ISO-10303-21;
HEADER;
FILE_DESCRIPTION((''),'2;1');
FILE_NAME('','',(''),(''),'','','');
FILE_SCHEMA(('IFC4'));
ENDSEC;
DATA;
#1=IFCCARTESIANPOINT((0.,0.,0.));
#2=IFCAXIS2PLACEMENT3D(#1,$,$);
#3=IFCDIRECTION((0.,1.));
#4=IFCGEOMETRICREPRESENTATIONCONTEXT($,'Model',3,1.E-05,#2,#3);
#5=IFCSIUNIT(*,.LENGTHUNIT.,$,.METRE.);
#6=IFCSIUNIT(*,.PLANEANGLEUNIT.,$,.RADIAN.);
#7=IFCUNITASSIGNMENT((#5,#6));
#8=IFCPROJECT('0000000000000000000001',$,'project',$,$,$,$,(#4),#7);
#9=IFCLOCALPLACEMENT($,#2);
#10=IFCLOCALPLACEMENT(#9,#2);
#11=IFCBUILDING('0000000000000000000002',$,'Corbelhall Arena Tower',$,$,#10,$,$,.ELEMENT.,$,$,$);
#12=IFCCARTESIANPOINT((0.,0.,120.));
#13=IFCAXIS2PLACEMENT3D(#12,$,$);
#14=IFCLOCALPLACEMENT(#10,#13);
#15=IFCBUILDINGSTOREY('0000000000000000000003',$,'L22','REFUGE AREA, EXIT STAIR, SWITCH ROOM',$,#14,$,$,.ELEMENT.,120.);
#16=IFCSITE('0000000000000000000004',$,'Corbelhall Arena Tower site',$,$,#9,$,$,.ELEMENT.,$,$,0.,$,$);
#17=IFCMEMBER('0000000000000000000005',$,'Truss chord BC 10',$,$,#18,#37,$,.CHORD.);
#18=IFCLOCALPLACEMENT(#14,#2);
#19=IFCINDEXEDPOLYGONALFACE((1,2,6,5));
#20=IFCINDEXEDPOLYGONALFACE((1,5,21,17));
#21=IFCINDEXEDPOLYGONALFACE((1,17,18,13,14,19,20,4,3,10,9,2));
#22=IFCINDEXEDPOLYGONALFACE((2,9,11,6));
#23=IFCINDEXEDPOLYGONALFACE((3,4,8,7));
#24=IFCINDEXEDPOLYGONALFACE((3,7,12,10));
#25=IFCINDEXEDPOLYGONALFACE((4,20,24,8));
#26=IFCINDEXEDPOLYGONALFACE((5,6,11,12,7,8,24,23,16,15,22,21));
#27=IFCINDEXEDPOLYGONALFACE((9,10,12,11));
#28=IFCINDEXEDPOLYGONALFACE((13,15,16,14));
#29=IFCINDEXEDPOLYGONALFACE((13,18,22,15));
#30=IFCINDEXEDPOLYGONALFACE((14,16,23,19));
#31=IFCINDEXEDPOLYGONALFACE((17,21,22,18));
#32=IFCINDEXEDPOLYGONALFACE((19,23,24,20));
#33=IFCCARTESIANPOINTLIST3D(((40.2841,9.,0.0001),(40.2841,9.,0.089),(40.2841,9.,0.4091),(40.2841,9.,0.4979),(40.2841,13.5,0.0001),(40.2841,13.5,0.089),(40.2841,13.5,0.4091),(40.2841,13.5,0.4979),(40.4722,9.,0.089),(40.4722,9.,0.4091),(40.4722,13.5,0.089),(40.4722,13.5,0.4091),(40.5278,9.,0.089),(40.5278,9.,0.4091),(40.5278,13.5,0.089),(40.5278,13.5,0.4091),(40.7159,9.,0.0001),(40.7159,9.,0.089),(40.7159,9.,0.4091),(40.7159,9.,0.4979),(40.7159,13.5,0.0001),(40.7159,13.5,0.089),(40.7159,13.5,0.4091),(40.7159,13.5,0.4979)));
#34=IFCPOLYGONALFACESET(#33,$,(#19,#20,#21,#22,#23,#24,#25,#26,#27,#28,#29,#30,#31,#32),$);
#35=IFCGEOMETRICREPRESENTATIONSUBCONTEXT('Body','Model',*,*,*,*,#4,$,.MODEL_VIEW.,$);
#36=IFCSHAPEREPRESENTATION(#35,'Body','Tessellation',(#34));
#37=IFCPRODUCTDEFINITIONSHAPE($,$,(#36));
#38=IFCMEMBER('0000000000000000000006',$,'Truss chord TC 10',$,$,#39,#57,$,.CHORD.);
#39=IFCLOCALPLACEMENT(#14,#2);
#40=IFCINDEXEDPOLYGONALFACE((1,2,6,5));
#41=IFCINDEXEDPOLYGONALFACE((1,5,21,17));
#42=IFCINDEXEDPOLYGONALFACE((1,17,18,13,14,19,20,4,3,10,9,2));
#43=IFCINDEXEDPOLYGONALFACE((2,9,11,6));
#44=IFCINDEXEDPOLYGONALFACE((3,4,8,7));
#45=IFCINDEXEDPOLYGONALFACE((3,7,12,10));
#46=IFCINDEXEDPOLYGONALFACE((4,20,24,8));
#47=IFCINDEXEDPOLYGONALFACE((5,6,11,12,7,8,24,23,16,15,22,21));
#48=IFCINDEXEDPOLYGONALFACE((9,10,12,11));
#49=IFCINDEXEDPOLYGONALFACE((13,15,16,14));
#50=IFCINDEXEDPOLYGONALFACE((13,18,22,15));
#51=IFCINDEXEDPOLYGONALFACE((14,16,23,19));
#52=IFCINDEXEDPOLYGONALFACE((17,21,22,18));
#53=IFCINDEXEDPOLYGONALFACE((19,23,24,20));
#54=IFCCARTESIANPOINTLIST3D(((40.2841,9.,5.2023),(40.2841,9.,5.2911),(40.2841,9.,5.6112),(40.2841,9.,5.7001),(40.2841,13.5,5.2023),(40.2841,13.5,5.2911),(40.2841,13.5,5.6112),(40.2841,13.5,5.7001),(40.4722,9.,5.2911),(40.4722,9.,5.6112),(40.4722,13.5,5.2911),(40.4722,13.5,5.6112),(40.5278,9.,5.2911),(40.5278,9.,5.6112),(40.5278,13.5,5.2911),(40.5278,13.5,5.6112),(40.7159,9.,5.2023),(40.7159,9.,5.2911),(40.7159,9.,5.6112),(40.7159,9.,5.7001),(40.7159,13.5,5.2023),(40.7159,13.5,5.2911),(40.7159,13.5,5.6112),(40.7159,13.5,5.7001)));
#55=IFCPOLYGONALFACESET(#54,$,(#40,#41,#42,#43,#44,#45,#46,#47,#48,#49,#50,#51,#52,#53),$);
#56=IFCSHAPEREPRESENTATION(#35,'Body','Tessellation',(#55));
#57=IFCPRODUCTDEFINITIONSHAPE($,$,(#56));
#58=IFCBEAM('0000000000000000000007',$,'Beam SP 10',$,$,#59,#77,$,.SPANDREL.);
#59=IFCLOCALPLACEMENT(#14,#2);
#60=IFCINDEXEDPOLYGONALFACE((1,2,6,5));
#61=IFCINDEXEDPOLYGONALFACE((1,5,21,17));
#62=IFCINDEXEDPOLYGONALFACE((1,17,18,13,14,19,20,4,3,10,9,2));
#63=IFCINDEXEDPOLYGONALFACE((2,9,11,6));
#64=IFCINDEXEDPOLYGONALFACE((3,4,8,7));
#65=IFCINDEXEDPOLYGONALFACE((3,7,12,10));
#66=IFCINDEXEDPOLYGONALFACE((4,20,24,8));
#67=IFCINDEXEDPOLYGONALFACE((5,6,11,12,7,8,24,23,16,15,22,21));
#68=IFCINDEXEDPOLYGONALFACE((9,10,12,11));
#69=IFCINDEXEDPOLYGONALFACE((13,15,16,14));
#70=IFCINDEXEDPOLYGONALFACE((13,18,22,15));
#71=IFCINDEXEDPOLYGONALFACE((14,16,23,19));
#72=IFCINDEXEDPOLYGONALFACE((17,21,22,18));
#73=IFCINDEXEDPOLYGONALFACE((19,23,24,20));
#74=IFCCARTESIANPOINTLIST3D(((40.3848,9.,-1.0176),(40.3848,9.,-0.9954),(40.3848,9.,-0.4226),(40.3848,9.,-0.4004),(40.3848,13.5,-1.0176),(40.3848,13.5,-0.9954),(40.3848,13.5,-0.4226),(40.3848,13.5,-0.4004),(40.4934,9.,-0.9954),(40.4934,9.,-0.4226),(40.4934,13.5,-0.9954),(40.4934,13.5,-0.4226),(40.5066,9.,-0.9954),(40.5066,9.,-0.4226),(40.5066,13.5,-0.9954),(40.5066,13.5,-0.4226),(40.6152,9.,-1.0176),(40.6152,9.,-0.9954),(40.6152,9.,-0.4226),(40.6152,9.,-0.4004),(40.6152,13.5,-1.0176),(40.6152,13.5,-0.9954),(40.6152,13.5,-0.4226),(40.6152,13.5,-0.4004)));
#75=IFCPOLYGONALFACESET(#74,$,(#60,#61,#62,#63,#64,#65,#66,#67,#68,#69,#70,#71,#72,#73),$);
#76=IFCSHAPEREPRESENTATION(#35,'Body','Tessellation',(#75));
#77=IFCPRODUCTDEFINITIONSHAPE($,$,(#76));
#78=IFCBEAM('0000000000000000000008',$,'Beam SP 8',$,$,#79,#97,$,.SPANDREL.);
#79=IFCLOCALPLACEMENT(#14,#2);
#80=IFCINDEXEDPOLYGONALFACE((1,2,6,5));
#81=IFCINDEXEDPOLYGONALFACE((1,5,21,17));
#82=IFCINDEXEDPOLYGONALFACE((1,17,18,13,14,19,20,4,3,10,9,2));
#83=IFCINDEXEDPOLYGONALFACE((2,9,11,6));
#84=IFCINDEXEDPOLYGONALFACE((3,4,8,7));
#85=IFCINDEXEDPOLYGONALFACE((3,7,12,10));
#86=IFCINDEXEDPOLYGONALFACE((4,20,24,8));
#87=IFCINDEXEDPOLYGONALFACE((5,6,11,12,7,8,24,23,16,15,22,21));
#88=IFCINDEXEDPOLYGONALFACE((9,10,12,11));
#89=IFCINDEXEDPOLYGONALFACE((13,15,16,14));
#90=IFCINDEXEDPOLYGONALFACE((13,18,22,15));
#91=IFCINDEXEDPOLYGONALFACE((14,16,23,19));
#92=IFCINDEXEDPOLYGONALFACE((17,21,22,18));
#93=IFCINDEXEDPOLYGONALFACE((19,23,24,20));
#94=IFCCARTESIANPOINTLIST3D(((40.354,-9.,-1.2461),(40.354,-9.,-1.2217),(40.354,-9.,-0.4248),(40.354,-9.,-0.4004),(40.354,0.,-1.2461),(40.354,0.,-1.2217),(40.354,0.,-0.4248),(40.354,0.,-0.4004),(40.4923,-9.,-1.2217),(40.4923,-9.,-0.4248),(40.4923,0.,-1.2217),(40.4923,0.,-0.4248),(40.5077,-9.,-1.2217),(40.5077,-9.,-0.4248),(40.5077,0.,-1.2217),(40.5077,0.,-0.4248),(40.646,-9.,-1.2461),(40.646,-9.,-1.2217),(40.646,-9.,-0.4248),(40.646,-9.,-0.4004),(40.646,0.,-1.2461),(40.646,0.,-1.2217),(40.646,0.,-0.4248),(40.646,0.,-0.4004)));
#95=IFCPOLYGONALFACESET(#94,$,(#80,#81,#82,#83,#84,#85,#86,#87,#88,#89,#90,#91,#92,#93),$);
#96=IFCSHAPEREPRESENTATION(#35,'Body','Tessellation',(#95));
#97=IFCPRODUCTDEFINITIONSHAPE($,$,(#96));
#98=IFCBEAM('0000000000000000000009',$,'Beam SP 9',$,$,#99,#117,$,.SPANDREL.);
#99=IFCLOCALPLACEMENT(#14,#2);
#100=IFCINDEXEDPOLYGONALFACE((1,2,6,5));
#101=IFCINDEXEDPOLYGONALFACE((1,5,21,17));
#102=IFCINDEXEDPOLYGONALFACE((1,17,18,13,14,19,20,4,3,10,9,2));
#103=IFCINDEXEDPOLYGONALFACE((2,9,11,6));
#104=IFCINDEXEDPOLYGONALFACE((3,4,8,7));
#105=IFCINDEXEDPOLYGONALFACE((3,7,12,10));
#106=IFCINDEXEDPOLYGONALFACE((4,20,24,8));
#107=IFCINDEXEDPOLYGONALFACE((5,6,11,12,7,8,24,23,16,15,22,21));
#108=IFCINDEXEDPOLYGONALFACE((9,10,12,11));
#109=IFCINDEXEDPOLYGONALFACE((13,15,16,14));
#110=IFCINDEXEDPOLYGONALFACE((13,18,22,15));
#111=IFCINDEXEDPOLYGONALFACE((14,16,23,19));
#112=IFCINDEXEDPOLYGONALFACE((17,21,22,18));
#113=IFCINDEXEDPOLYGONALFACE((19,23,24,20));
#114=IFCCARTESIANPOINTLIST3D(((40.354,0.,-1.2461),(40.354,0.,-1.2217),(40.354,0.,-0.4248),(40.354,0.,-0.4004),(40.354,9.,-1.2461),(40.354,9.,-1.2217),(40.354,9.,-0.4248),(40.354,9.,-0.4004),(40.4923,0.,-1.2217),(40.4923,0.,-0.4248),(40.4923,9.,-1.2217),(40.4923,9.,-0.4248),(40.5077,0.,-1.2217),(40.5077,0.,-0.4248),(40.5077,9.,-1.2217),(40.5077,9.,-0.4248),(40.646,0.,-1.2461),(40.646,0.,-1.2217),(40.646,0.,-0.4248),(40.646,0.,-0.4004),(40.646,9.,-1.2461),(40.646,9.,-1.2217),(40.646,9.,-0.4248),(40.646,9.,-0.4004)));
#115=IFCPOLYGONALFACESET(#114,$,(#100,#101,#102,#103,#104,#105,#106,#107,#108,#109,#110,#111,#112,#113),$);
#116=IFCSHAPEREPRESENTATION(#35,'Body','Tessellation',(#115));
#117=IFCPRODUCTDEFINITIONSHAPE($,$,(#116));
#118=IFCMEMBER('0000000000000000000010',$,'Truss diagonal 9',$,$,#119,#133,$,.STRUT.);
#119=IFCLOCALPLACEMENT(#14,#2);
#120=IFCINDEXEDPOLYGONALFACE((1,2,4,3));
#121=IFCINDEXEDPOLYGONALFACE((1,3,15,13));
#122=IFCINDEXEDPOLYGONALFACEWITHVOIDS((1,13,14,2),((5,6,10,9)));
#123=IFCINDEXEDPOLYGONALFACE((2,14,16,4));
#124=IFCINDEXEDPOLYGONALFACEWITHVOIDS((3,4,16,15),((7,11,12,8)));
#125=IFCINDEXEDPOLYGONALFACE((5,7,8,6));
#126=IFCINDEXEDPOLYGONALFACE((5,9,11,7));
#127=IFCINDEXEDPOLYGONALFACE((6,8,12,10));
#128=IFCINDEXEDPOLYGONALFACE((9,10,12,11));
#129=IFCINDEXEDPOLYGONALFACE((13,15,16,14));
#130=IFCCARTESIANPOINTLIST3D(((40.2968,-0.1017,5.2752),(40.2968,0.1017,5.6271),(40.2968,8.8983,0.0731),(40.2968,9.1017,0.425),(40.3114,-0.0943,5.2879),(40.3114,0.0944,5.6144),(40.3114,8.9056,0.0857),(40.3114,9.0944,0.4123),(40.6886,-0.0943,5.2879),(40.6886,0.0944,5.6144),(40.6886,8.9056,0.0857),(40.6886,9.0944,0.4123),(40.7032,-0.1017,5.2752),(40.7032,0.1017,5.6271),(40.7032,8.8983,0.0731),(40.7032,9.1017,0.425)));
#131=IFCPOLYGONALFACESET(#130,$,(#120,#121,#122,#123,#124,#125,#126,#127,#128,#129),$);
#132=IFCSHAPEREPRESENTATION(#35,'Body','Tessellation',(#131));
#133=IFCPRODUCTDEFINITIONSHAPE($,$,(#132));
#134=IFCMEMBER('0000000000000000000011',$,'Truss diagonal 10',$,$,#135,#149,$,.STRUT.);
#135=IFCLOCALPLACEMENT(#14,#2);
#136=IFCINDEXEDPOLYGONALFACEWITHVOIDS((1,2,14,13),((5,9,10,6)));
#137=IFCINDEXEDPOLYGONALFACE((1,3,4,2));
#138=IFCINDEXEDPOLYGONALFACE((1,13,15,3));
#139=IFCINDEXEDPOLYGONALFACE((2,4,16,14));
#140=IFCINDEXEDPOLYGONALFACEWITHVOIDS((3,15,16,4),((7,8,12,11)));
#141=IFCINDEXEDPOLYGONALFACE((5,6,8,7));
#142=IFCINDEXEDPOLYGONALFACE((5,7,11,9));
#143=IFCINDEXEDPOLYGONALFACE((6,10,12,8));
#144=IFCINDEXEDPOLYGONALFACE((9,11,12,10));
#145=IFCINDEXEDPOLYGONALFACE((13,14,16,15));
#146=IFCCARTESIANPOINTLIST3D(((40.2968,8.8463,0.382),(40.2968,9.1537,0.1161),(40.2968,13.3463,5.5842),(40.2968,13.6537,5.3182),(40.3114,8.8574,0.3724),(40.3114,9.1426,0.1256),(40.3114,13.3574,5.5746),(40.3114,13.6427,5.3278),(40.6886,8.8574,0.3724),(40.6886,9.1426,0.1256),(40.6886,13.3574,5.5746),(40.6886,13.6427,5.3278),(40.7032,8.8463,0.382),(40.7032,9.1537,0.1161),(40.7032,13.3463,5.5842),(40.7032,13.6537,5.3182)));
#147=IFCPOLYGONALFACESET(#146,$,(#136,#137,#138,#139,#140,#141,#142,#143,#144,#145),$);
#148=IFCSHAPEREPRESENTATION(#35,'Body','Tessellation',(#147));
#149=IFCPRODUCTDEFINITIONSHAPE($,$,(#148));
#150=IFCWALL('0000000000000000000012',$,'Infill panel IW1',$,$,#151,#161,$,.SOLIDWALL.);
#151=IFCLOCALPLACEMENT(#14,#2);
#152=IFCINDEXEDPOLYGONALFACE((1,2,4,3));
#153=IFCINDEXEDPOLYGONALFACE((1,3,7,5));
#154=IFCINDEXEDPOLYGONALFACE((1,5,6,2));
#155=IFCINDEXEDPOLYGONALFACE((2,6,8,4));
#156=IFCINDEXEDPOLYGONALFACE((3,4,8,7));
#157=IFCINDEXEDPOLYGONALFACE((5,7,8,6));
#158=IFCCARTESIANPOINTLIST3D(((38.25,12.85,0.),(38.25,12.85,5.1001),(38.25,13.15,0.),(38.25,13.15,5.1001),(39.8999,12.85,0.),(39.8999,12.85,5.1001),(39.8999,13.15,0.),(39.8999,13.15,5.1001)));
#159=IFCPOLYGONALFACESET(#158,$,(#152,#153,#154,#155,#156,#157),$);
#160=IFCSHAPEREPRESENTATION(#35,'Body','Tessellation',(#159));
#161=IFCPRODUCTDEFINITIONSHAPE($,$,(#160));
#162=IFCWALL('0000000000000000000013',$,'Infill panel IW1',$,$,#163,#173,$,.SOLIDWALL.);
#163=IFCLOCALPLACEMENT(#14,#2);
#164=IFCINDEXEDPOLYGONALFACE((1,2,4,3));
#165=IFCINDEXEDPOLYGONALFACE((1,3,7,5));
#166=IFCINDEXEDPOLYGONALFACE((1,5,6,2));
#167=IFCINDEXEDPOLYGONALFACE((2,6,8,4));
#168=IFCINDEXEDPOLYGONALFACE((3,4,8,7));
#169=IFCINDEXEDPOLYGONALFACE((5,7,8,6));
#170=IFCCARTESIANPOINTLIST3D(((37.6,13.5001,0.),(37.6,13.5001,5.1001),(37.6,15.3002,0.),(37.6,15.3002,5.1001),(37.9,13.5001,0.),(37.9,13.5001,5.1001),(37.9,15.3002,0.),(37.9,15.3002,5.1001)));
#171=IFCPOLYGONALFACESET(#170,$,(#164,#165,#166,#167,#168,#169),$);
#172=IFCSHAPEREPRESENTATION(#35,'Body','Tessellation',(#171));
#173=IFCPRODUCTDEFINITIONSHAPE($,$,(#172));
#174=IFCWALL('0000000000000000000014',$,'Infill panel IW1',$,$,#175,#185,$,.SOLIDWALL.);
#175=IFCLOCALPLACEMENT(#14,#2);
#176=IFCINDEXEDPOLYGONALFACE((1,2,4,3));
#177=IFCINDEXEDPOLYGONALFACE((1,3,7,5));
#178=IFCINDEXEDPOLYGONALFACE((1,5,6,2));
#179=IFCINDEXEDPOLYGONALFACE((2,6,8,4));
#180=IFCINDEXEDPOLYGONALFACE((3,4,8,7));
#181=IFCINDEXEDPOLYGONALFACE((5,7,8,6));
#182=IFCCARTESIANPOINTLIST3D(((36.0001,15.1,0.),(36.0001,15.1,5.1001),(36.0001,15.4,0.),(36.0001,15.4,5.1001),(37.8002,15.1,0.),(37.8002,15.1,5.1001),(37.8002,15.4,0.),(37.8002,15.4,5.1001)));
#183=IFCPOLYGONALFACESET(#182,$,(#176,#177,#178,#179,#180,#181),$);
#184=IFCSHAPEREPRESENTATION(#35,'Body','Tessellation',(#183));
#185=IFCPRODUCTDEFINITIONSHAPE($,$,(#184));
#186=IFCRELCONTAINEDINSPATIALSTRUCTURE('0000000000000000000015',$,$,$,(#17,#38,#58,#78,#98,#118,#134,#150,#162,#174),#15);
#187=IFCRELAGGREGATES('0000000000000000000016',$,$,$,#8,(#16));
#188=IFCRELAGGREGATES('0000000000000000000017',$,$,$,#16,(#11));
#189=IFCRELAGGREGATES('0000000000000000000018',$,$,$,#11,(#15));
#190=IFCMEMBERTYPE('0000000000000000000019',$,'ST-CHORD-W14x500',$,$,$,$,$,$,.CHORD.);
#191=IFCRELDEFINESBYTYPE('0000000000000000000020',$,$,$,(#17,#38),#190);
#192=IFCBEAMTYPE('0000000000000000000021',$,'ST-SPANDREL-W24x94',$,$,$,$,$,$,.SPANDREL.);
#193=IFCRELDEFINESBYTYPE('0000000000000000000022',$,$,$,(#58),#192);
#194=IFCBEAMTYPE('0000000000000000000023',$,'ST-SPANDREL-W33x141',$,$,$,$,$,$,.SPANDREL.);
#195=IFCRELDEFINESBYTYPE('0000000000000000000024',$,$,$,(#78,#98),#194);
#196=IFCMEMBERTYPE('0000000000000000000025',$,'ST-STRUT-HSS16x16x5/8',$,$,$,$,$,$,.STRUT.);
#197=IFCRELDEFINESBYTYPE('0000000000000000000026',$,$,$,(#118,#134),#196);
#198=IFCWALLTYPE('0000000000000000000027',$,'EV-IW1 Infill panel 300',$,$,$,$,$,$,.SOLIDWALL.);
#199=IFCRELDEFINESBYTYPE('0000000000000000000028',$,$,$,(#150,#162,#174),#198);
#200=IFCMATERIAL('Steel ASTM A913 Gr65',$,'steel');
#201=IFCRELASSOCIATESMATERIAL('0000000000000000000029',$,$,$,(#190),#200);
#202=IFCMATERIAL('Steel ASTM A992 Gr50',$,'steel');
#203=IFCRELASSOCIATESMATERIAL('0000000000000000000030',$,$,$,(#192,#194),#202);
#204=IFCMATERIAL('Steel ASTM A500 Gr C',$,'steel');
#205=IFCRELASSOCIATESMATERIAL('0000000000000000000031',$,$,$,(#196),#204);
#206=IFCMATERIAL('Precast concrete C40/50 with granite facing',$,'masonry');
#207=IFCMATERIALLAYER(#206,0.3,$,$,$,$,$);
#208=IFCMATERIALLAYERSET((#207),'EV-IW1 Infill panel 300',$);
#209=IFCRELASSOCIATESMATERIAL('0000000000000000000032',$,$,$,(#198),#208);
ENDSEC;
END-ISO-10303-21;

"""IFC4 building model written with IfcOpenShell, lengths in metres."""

from ifc_helpers import new_model, si_unit, direction, frame, frame_2d, origin, origin_2d, place, context, subcontext, project, spatial, rectangle, hollow_rectangle, i_section, extrude, material, layer, layer_set, material_profile, profile_set, type_object, element, save


model = new_model("IFC4")

# Units and contexts
model_context = context("Model", 3, precision=1e-05, world=origin(), true_north=direction((0.0, 1.0)))
body_context = subcontext(model_context, "Body", "Model", "MODEL_VIEW")
ifc_project = project(units=[si_unit("LENGTHUNIT", "METRE"), si_unit("PLANEANGLEUNIT", "RADIAN")], contexts=[model_context])

# Site, building, storey
site_placement = place(None, origin())
site = spatial("IfcSite", under=ifc_project, at=site_placement, Name="Corbelhall Arena Tower site", CompositionType="ELEMENT", RefElevation=0.0)
building_placement = place(site_placement, origin())
building = spatial("IfcBuilding", under=site, at=building_placement, Name="Corbelhall Arena Tower", CompositionType="ELEMENT")
storey_placement = place(building_placement, frame((0.0, 0.0, 120.0)))
storey = spatial("IfcBuildingStorey", under=building, at=storey_placement, Name="L22", Description="REFUGE AREA, EXIT STAIR, SWITCH ROOM", CompositionType="ELEMENT", Elevation=120.0)

# Members
ifc_material_1 = material(Name="Steel ASTM A913 Gr65", Category="steel")
ifc_material_profile_1 = material_profile(ifc_material_1, i_section(OverallWidth=0.4319, OverallDepth=0.4978, WebThickness=0.0557, FlangeThickness=0.0889, at=origin_2d()))
ifc_profile_set_1 = profile_set([ifc_material_profile_1], Name="Steel ASTM A913 Gr65")
member_type_1 = type_object("IfcMemberType", Name="ST-CHORD-W14x500", PredefinedType="CHORD", material=ifc_profile_set_1)
for number, where, z_axis, x_axis, name in (
    (1, (40.5, 13.5, 0.249), (0.0, -1.0, 0.0), (1.0, 0.0, 0.0), "Truss chord BC 10"),
    (2, (40.5, 13.5, 5.4512), (0.0, -1.0, 0.0), (1.0, 0.0, 0.0), "Truss chord TC 10"),
):
    element("IfcMember", number, at=place(storey_placement, frame(where, z_axis=z_axis, x_axis=x_axis)), inside=storey, type_object=member_type_1, Name=name, PredefinedType="CHORD", context=body_context, shape_type="SweptSolid", body=[
        extrude(i_section(OverallWidth=0.4319, OverallDepth=0.4978, WebThickness=0.0557, FlangeThickness=0.0889, at=origin_2d()), origin(), (0.0, 0.0, 1.0), 4.5),
    ])

# Beams
ifc_material_2 = material(Name="Steel ASTM A992 Gr50", Category="steel")
ifc_material_profile_2 = material_profile(ifc_material_2, i_section(OverallWidth=0.2305, OverallDepth=0.6172, WebThickness=0.0132, FlangeThickness=0.0222, at=origin_2d()))
ifc_profile_set_2 = profile_set([ifc_material_profile_2], Name="Steel ASTM A992 Gr50")
beam_type_1 = type_object("IfcBeamType", Name="ST-SPANDREL-W24x94", PredefinedType="SPANDREL", material=ifc_profile_set_2)
beam_placement = place(storey_placement, frame((40.5, 13.5, -0.709), z_axis=(0.0, -1.0, 0.0), x_axis=(1.0, 0.0, 0.0)))
element("IfcBeam", 3, at=beam_placement, inside=storey, type_object=beam_type_1, Name="Beam SP 10", PredefinedType="SPANDREL", context=body_context, shape_type="SweptSolid", body=[
    extrude(i_section(OverallWidth=0.2305, OverallDepth=0.6172, WebThickness=0.0132, FlangeThickness=0.0222, at=origin_2d()), origin(), (0.0, 0.0, 1.0), 4.5),
])
ifc_material_profile_3 = material_profile(ifc_material_2, i_section(OverallWidth=0.292, OverallDepth=0.8457, WebThickness=0.0154, FlangeThickness=0.0244, at=origin_2d()))
ifc_profile_set_3 = profile_set([ifc_material_profile_3], Name="Steel ASTM A992 Gr50")
beam_type_2 = type_object("IfcBeamType", Name="ST-SPANDREL-W33x141", PredefinedType="SPANDREL", material=ifc_profile_set_3)
for number, where, z_axis, x_axis, name in (
    (4, (40.5, 0.0, -0.8232), (0.0, -1.0, 0.0), (1.0, 0.0, 0.0), "Beam SP 8"),
    (5, (40.5, 9.0, -0.8232), (0.0, -1.0, 0.0), (1.0, 0.0, 0.0), "Beam SP 9"),
):
    element("IfcBeam", number, at=place(storey_placement, frame(where, z_axis=z_axis, x_axis=x_axis)), inside=storey, type_object=beam_type_2, Name=name, PredefinedType="SPANDREL", context=body_context, shape_type="SweptSolid", body=[
        extrude(i_section(OverallWidth=0.292, OverallDepth=0.8457, WebThickness=0.0154, FlangeThickness=0.0244, at=origin_2d()), origin(), (0.0, 0.0, 1.0), 9.0),
    ])

# Members
ifc_material_3 = material(Name="Steel ASTM A500 Gr C", Category="steel")
ifc_material_profile_4 = material_profile(ifc_material_3, hollow_rectangle(XDim=0.4065, YDim=0.4065, WallThickness=0.0146, at=origin_2d()))
ifc_profile_set_4 = profile_set([ifc_material_profile_4], Name="Steel ASTM A500 Gr C")
member_type_2 = type_object("IfcMemberType", Name="ST-STRUT-HSS16x16x5/8", PredefinedType="STRUT", material=ifc_profile_set_4)
member_1_placement = place(storey_placement, frame((40.5, 9.0, 0.249), z_axis=(0.0, -0.865776, 0.500433), x_axis=(1.0, 0.0, 0.0)))
element("IfcMember", 6, at=member_1_placement, inside=storey, type_object=member_type_2, Name="Truss diagonal 9", PredefinedType="STRUT", context=body_context, shape_type="SweptSolid", body=[
    extrude(hollow_rectangle(XDim=0.4065, YDim=0.4065, WallThickness=0.0146, at=origin_2d()), origin(), (0.0, 0.0, 1.0), 10.3953),
])
member_2_placement = place(storey_placement, frame((40.5, 9.0, 0.249), z_axis=(0.0, 0.654222, 0.756302), x_axis=(-1.0, 0.0, 0.0)))
element("IfcMember", 7, at=member_2_placement, inside=storey, type_object=member_type_2, Name="Truss diagonal 10", PredefinedType="STRUT", context=body_context, shape_type="SweptSolid", body=[
    extrude(hollow_rectangle(XDim=0.4065, YDim=0.4065, WallThickness=0.0146, at=origin_2d()), origin(), (0.0, 0.0, 1.0), 6.8784),
])

# Walls
ifc_material_4 = material(Name="Precast concrete C40/50 with granite facing", Category="masonry")
ifc_layer_1 = layer(ifc_material_4, 0.3)
ifc_layer_set_1 = layer_set([ifc_layer_1], Name="EV-IW1 Infill panel 300")
wall_type_1 = type_object("IfcWallType", Name="EV-IW1 Infill panel 300", PredefinedType="SOLIDWALL", material=ifc_layer_set_1)
wall_1_placement = place(storey_placement, frame((39.8999, 13.0, 0.0), z_axis=(0.0, 0.0, 1.0), x_axis=(-1.0, 0.0, 0.0)))
element("IfcWall", 8, at=wall_1_placement, inside=storey, type_object=wall_type_1, Name="Infill panel IW1", PredefinedType="SOLIDWALL", context=body_context, shape_type="SweptSolid", body=[
    extrude(rectangle(XDim=1.6499, YDim=0.3, at=frame_2d((0.825, 0.0))), origin(), (0.0, 0.0, 1.0), 5.1001),
])
for number, where, z_axis, x_axis, name in (
    (9, (37.75, 15.3, 0.0), (0.0, 0.0, 1.0), (0.0, -1.0, 0.0), "Infill panel IW1"),
    (10, (37.8, 15.25, 0.0), (0.0, 0.0, 1.0), (-1.0, 0.0, 0.0), "Infill panel IW1"),
):
    element("IfcWall", number, at=place(storey_placement, frame(where, z_axis=z_axis, x_axis=x_axis)), inside=storey, type_object=wall_type_1, Name=name, PredefinedType="SOLIDWALL", context=body_context, shape_type="SweptSolid", body=[
        extrude(rectangle(XDim=1.8, YDim=0.3, at=frame_2d((0.8999, 0.0))), origin(), (0.0, 0.0, 1.0), 5.1001),
    ])

save(model, "model.ifc")
